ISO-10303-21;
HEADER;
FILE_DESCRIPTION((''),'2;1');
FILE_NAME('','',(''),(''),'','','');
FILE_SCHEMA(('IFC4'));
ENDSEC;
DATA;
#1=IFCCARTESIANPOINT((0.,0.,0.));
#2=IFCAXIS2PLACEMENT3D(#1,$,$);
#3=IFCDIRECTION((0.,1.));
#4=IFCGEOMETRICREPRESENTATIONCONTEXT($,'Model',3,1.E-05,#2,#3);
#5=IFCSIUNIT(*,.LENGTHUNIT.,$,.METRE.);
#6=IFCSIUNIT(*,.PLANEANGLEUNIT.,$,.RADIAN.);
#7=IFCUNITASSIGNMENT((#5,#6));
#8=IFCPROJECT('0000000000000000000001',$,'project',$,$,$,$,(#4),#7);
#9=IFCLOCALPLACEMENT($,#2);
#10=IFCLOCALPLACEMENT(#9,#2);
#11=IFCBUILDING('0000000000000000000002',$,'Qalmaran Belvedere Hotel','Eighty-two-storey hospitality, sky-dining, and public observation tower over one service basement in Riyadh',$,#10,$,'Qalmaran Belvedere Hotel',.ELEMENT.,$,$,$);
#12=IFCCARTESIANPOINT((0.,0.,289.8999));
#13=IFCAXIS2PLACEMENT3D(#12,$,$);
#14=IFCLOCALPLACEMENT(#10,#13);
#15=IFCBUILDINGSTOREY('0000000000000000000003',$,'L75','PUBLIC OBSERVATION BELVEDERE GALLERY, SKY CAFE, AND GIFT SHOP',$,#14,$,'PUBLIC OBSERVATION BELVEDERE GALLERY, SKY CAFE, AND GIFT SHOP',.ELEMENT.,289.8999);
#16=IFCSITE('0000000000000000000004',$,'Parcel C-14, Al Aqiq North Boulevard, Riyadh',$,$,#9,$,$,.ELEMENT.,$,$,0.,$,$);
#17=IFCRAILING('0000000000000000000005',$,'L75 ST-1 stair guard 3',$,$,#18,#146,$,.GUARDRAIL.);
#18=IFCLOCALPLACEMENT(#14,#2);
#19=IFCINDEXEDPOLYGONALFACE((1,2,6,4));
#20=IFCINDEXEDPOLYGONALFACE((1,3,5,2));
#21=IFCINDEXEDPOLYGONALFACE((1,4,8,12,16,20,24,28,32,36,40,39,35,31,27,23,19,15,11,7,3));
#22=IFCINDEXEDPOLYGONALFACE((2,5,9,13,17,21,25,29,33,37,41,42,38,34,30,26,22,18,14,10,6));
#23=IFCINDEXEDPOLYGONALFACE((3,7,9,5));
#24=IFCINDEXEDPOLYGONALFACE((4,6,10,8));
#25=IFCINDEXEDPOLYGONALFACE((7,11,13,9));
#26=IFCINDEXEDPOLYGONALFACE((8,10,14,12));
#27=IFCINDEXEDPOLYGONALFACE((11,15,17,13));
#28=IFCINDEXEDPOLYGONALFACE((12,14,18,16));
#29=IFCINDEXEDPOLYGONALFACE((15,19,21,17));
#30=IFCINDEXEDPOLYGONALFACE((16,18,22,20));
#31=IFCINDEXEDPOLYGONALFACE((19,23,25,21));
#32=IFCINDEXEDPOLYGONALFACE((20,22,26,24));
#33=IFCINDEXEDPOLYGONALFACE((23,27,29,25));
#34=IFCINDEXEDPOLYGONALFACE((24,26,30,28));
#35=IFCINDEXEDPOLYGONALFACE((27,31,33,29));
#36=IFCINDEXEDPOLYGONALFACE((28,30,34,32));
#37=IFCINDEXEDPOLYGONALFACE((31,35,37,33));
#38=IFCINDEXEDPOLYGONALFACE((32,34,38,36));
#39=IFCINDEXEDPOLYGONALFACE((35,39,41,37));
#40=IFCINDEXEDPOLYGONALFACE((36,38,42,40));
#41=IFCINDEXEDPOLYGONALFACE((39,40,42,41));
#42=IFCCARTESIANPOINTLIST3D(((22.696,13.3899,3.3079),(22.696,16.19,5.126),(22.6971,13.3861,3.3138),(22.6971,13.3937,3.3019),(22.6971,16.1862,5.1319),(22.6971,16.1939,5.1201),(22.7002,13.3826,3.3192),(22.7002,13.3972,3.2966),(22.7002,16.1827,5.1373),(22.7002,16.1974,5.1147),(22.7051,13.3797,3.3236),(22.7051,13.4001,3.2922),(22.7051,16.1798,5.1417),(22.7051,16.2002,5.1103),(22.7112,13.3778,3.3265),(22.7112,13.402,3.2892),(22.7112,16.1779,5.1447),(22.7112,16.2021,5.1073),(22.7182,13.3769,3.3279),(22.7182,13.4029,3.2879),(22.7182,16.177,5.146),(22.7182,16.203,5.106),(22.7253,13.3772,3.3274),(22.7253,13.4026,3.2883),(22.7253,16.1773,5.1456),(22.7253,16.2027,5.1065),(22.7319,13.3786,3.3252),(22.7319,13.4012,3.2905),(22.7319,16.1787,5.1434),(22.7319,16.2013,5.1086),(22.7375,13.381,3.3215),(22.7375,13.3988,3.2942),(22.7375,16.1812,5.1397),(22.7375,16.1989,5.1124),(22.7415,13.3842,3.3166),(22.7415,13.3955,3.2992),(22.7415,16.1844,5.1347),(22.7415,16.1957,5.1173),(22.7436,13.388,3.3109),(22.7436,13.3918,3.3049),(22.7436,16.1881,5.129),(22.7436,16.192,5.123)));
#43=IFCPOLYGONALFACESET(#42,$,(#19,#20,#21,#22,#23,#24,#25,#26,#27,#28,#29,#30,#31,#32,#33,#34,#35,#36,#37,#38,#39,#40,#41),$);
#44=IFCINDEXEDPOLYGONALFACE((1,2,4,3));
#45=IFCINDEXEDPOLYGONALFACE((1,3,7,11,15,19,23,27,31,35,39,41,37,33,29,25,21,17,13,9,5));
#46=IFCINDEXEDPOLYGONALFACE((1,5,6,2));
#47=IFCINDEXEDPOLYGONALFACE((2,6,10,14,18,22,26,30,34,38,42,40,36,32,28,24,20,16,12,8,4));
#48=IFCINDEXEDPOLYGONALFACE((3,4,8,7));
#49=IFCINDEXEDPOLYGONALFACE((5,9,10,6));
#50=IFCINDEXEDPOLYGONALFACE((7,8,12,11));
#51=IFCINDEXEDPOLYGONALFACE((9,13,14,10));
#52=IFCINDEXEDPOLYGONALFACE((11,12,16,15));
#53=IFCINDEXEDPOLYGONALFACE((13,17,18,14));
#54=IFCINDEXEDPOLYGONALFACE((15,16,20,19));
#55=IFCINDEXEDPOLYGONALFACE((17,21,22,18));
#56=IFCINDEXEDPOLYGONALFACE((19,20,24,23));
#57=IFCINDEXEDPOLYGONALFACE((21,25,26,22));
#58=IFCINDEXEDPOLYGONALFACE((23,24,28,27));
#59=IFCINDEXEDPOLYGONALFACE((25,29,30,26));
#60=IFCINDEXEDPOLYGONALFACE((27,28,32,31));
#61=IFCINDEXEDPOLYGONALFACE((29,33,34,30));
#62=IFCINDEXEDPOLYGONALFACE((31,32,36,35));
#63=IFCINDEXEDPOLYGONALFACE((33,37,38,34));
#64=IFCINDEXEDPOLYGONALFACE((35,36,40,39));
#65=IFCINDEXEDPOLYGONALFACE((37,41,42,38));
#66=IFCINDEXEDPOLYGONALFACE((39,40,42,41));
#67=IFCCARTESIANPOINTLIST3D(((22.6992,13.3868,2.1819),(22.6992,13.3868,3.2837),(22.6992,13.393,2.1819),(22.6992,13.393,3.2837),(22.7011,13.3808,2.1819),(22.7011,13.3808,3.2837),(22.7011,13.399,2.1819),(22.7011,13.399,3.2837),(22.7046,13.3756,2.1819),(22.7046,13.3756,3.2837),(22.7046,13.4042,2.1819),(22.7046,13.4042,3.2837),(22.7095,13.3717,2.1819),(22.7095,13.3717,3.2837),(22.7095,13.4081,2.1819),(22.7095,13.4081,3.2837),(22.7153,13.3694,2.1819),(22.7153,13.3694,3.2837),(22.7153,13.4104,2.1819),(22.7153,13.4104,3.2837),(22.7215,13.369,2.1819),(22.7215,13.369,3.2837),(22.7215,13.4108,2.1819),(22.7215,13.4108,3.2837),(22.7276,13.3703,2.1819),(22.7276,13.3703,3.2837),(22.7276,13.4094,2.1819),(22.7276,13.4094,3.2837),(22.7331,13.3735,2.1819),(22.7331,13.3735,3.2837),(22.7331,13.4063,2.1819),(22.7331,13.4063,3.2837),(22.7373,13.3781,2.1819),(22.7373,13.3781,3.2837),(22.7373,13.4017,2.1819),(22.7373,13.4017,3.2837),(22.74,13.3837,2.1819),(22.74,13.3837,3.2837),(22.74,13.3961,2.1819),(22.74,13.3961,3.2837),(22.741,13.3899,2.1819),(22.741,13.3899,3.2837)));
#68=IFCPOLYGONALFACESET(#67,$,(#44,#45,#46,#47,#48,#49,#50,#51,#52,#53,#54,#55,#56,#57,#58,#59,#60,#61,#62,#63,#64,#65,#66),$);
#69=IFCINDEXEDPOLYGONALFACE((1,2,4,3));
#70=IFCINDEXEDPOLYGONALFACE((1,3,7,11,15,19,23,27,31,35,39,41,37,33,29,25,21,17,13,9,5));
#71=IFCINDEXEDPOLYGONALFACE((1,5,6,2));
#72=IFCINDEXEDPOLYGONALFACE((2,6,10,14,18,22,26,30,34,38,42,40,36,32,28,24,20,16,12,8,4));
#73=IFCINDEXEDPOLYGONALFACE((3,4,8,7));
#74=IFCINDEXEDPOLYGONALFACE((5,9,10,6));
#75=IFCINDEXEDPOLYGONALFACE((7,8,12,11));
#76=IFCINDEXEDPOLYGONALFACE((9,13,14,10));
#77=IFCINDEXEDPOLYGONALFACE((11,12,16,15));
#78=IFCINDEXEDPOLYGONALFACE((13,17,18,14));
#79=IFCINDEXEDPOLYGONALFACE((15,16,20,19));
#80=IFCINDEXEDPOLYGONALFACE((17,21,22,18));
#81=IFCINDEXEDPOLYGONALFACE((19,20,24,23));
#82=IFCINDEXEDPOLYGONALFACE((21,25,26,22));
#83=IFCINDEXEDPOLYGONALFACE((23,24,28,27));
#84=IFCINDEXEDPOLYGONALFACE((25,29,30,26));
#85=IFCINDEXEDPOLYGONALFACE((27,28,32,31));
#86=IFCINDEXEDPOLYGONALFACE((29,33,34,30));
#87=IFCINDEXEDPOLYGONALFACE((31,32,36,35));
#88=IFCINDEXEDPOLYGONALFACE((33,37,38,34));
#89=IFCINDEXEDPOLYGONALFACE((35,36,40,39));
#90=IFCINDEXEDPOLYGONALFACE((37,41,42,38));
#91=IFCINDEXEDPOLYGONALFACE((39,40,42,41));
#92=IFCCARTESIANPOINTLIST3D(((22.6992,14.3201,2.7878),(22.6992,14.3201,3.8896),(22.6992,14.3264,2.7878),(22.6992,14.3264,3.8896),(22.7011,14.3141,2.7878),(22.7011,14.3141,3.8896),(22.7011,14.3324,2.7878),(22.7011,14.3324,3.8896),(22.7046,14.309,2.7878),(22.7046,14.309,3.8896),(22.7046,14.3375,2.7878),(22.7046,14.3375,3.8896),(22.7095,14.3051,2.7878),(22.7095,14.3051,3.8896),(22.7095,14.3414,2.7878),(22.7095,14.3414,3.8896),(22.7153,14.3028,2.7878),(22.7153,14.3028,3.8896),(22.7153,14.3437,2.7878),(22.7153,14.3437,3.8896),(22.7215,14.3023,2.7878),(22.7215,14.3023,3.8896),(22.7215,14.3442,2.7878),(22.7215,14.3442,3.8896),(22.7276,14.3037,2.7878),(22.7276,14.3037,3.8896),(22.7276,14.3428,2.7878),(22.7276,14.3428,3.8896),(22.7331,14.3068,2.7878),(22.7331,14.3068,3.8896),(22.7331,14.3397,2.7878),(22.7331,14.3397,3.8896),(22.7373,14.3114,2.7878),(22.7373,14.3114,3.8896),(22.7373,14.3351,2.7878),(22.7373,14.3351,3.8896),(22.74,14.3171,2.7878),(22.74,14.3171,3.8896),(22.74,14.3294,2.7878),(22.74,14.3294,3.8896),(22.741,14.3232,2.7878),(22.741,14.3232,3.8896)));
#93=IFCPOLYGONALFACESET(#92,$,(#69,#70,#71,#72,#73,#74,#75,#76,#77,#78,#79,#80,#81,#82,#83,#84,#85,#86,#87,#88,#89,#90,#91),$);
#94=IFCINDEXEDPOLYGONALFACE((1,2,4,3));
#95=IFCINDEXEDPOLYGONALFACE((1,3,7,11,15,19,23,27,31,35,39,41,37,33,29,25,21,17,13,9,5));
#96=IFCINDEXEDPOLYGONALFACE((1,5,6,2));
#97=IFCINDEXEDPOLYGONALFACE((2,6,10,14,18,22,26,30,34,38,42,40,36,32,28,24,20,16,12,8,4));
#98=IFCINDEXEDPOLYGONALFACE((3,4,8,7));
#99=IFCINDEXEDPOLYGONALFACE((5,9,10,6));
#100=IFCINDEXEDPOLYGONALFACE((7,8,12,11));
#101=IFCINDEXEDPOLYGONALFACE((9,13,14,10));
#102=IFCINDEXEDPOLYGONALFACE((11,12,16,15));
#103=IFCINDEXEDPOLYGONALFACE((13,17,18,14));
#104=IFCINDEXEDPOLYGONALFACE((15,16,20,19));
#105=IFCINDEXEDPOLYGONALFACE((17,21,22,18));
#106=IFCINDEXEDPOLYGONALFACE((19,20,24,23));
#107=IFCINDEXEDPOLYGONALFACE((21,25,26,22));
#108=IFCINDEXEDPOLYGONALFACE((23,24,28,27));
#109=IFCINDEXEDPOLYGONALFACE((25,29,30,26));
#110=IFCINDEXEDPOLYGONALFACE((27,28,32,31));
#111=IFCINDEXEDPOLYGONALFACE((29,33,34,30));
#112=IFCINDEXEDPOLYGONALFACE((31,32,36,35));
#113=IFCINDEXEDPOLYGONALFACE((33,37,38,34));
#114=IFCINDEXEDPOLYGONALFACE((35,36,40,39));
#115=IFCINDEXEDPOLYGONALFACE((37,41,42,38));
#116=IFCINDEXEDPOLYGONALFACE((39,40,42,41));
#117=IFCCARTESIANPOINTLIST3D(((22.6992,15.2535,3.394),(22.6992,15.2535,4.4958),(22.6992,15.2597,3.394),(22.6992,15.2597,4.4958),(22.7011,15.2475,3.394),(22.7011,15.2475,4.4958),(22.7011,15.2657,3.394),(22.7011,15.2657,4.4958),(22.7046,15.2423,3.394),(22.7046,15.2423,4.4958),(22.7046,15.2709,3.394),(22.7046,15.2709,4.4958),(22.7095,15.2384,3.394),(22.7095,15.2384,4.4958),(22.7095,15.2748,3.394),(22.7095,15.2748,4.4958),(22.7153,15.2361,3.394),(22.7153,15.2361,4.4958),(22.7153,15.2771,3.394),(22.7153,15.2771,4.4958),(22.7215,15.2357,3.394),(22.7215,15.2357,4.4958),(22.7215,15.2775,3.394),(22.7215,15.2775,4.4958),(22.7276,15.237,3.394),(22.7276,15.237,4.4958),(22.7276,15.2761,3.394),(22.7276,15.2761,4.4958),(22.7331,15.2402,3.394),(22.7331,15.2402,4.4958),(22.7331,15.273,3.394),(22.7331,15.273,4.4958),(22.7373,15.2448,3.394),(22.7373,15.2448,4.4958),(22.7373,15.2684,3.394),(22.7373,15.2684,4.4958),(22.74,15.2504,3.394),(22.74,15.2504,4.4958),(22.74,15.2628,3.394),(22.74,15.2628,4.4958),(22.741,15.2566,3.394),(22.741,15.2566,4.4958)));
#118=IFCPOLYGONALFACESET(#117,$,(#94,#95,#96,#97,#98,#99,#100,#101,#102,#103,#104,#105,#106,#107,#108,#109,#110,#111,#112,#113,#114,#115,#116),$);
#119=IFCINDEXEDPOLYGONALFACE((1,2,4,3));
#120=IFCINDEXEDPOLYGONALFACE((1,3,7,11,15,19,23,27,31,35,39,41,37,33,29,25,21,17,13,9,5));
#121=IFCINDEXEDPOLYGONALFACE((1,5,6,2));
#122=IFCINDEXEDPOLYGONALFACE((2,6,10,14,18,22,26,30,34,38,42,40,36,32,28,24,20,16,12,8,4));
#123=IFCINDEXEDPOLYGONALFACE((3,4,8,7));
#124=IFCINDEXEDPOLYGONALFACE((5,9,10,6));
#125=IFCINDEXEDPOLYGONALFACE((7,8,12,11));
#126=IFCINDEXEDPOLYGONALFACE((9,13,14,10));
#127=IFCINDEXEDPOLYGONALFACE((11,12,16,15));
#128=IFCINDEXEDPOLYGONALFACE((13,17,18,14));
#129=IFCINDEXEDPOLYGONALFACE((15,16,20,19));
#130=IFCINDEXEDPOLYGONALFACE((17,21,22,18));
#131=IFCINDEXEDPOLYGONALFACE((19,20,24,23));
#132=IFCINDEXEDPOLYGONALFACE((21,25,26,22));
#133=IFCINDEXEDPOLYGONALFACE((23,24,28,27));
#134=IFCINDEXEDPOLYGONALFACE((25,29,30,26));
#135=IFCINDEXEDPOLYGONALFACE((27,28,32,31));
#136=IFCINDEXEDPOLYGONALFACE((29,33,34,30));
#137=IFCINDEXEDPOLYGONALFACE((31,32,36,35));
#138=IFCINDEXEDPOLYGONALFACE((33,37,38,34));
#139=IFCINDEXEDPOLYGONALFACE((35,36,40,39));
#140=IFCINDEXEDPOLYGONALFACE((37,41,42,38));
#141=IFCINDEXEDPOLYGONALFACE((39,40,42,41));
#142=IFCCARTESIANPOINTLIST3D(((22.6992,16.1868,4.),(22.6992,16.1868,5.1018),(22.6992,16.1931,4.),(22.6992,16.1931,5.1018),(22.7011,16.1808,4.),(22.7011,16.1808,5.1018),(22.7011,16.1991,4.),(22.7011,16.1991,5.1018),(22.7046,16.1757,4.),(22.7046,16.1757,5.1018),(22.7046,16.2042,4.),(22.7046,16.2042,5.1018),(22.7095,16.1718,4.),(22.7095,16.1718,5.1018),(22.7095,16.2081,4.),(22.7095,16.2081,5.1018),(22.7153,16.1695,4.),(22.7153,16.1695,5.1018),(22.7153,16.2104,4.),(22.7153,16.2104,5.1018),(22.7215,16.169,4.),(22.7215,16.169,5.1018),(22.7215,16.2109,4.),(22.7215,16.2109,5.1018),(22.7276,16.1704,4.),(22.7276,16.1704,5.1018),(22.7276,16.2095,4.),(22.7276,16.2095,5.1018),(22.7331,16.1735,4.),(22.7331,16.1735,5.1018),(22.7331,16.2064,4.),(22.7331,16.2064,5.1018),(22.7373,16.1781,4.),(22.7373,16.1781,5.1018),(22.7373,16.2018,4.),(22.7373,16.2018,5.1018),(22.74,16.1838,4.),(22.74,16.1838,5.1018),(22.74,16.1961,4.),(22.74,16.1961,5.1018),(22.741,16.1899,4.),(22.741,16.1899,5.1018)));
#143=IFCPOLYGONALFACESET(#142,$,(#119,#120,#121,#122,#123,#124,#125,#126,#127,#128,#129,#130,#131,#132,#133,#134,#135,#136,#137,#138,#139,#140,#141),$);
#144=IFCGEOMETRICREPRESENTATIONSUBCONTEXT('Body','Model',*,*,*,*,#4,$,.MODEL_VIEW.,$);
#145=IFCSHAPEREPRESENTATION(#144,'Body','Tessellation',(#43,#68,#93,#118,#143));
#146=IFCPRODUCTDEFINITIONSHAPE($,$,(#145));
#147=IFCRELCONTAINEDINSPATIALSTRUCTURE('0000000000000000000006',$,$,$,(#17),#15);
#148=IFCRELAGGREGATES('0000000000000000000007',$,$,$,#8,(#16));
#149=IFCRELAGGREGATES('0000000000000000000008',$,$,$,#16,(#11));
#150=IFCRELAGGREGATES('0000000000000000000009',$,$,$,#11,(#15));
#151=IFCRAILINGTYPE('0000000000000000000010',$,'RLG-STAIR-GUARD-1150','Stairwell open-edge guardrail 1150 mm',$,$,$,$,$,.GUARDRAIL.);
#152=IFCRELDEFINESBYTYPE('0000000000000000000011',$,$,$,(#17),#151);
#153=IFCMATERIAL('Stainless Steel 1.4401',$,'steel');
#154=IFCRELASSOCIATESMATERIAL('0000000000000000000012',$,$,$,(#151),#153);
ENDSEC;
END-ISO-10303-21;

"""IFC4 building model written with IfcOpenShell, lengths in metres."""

from ifc_helpers import new_model, si_unit, direction, frame, origin, origin_2d, place, context, subcontext, project, spatial, circle, extrude, material, type_object, element, save


model = new_model("IFC4")

# Units and contexts
model_context = context("Model", 3, precision=1e-05, world=origin(), true_north=direction((0.0, 1.0)))
body_context = subcontext(model_context, "Body", "Model", "MODEL_VIEW")
ifc_project = project(units=[si_unit("LENGTHUNIT", "METRE"), si_unit("PLANEANGLEUNIT", "RADIAN")], contexts=[model_context])

# Site, building, storey
site_placement = place(None, origin())
site = spatial("IfcSite", under=ifc_project, at=site_placement, Name="Parcel C-14, Al Aqiq North Boulevard, Riyadh", CompositionType="ELEMENT", RefElevation=0.0)
building_placement = place(site_placement, origin())
building = spatial("IfcBuilding", under=site, at=building_placement, Name="Qalmaran Belvedere Hotel", Description="Eighty-two-storey hospitality, sky-dining, and public observation tower over one service basement in Riyadh", LongName="Qalmaran Belvedere Hotel", CompositionType="ELEMENT")
storey_placement = place(building_placement, frame((0.0, 0.0, 289.8999)))
storey = spatial("IfcBuildingStorey", under=building, at=storey_placement, Name="L75", Description="PUBLIC OBSERVATION BELVEDERE GALLERY, SKY CAFE, AND GIFT SHOP", LongName="PUBLIC OBSERVATION BELVEDERE GALLERY, SKY CAFE, AND GIFT SHOP", CompositionType="ELEMENT", Elevation=289.8999)

# Railing
ifc_material_1 = material(Name="Stainless Steel 1.4401", Category="steel")
railing_type_1 = type_object("IfcRailingType", Name="RLG-STAIR-GUARD-1150", Description="Stairwell open-edge guardrail 1150 mm", PredefinedType="GUARDRAIL", material=ifc_material_1)
railing_1_placement = place(storey_placement, frame((22.72, 13.3899, 2.1819)))
element("IfcRailing", 1, at=railing_1_placement, inside=storey, type_object=railing_type_1, Name="L75 ST-1 stair guard 3", PredefinedType="GUARDRAIL", context=body_context, shape_type="SweptSolid", body=[
    extrude(circle(Radius=0.0239, at=origin_2d()), frame((0.0, 0.0, 1.126), z_axis=(0.0, 0.838706, 0.544585), x_axis=(-1.0, 0.0, 0.0)), (0.0, 0.0, 1.0), 3.3386),
    extrude(circle(Radius=0.021, at=origin_2d()), origin(), (0.0, 0.0, 1.0), 1.1018),
    extrude(circle(Radius=0.021, at=origin_2d()), frame((0.0, 0.9333, 0.606)), (0.0, 0.0, 1.0), 1.1018),
    extrude(circle(Radius=0.021, at=origin_2d()), frame((0.0, 1.8667, 1.2122)), (0.0, 0.0, 1.0), 1.1018),
    extrude(circle(Radius=0.021, at=origin_2d()), frame((0.0, 2.8, 1.8181)), (0.0, 0.0, 1.0), 1.1018),
])

save(model, "model.ifc")
